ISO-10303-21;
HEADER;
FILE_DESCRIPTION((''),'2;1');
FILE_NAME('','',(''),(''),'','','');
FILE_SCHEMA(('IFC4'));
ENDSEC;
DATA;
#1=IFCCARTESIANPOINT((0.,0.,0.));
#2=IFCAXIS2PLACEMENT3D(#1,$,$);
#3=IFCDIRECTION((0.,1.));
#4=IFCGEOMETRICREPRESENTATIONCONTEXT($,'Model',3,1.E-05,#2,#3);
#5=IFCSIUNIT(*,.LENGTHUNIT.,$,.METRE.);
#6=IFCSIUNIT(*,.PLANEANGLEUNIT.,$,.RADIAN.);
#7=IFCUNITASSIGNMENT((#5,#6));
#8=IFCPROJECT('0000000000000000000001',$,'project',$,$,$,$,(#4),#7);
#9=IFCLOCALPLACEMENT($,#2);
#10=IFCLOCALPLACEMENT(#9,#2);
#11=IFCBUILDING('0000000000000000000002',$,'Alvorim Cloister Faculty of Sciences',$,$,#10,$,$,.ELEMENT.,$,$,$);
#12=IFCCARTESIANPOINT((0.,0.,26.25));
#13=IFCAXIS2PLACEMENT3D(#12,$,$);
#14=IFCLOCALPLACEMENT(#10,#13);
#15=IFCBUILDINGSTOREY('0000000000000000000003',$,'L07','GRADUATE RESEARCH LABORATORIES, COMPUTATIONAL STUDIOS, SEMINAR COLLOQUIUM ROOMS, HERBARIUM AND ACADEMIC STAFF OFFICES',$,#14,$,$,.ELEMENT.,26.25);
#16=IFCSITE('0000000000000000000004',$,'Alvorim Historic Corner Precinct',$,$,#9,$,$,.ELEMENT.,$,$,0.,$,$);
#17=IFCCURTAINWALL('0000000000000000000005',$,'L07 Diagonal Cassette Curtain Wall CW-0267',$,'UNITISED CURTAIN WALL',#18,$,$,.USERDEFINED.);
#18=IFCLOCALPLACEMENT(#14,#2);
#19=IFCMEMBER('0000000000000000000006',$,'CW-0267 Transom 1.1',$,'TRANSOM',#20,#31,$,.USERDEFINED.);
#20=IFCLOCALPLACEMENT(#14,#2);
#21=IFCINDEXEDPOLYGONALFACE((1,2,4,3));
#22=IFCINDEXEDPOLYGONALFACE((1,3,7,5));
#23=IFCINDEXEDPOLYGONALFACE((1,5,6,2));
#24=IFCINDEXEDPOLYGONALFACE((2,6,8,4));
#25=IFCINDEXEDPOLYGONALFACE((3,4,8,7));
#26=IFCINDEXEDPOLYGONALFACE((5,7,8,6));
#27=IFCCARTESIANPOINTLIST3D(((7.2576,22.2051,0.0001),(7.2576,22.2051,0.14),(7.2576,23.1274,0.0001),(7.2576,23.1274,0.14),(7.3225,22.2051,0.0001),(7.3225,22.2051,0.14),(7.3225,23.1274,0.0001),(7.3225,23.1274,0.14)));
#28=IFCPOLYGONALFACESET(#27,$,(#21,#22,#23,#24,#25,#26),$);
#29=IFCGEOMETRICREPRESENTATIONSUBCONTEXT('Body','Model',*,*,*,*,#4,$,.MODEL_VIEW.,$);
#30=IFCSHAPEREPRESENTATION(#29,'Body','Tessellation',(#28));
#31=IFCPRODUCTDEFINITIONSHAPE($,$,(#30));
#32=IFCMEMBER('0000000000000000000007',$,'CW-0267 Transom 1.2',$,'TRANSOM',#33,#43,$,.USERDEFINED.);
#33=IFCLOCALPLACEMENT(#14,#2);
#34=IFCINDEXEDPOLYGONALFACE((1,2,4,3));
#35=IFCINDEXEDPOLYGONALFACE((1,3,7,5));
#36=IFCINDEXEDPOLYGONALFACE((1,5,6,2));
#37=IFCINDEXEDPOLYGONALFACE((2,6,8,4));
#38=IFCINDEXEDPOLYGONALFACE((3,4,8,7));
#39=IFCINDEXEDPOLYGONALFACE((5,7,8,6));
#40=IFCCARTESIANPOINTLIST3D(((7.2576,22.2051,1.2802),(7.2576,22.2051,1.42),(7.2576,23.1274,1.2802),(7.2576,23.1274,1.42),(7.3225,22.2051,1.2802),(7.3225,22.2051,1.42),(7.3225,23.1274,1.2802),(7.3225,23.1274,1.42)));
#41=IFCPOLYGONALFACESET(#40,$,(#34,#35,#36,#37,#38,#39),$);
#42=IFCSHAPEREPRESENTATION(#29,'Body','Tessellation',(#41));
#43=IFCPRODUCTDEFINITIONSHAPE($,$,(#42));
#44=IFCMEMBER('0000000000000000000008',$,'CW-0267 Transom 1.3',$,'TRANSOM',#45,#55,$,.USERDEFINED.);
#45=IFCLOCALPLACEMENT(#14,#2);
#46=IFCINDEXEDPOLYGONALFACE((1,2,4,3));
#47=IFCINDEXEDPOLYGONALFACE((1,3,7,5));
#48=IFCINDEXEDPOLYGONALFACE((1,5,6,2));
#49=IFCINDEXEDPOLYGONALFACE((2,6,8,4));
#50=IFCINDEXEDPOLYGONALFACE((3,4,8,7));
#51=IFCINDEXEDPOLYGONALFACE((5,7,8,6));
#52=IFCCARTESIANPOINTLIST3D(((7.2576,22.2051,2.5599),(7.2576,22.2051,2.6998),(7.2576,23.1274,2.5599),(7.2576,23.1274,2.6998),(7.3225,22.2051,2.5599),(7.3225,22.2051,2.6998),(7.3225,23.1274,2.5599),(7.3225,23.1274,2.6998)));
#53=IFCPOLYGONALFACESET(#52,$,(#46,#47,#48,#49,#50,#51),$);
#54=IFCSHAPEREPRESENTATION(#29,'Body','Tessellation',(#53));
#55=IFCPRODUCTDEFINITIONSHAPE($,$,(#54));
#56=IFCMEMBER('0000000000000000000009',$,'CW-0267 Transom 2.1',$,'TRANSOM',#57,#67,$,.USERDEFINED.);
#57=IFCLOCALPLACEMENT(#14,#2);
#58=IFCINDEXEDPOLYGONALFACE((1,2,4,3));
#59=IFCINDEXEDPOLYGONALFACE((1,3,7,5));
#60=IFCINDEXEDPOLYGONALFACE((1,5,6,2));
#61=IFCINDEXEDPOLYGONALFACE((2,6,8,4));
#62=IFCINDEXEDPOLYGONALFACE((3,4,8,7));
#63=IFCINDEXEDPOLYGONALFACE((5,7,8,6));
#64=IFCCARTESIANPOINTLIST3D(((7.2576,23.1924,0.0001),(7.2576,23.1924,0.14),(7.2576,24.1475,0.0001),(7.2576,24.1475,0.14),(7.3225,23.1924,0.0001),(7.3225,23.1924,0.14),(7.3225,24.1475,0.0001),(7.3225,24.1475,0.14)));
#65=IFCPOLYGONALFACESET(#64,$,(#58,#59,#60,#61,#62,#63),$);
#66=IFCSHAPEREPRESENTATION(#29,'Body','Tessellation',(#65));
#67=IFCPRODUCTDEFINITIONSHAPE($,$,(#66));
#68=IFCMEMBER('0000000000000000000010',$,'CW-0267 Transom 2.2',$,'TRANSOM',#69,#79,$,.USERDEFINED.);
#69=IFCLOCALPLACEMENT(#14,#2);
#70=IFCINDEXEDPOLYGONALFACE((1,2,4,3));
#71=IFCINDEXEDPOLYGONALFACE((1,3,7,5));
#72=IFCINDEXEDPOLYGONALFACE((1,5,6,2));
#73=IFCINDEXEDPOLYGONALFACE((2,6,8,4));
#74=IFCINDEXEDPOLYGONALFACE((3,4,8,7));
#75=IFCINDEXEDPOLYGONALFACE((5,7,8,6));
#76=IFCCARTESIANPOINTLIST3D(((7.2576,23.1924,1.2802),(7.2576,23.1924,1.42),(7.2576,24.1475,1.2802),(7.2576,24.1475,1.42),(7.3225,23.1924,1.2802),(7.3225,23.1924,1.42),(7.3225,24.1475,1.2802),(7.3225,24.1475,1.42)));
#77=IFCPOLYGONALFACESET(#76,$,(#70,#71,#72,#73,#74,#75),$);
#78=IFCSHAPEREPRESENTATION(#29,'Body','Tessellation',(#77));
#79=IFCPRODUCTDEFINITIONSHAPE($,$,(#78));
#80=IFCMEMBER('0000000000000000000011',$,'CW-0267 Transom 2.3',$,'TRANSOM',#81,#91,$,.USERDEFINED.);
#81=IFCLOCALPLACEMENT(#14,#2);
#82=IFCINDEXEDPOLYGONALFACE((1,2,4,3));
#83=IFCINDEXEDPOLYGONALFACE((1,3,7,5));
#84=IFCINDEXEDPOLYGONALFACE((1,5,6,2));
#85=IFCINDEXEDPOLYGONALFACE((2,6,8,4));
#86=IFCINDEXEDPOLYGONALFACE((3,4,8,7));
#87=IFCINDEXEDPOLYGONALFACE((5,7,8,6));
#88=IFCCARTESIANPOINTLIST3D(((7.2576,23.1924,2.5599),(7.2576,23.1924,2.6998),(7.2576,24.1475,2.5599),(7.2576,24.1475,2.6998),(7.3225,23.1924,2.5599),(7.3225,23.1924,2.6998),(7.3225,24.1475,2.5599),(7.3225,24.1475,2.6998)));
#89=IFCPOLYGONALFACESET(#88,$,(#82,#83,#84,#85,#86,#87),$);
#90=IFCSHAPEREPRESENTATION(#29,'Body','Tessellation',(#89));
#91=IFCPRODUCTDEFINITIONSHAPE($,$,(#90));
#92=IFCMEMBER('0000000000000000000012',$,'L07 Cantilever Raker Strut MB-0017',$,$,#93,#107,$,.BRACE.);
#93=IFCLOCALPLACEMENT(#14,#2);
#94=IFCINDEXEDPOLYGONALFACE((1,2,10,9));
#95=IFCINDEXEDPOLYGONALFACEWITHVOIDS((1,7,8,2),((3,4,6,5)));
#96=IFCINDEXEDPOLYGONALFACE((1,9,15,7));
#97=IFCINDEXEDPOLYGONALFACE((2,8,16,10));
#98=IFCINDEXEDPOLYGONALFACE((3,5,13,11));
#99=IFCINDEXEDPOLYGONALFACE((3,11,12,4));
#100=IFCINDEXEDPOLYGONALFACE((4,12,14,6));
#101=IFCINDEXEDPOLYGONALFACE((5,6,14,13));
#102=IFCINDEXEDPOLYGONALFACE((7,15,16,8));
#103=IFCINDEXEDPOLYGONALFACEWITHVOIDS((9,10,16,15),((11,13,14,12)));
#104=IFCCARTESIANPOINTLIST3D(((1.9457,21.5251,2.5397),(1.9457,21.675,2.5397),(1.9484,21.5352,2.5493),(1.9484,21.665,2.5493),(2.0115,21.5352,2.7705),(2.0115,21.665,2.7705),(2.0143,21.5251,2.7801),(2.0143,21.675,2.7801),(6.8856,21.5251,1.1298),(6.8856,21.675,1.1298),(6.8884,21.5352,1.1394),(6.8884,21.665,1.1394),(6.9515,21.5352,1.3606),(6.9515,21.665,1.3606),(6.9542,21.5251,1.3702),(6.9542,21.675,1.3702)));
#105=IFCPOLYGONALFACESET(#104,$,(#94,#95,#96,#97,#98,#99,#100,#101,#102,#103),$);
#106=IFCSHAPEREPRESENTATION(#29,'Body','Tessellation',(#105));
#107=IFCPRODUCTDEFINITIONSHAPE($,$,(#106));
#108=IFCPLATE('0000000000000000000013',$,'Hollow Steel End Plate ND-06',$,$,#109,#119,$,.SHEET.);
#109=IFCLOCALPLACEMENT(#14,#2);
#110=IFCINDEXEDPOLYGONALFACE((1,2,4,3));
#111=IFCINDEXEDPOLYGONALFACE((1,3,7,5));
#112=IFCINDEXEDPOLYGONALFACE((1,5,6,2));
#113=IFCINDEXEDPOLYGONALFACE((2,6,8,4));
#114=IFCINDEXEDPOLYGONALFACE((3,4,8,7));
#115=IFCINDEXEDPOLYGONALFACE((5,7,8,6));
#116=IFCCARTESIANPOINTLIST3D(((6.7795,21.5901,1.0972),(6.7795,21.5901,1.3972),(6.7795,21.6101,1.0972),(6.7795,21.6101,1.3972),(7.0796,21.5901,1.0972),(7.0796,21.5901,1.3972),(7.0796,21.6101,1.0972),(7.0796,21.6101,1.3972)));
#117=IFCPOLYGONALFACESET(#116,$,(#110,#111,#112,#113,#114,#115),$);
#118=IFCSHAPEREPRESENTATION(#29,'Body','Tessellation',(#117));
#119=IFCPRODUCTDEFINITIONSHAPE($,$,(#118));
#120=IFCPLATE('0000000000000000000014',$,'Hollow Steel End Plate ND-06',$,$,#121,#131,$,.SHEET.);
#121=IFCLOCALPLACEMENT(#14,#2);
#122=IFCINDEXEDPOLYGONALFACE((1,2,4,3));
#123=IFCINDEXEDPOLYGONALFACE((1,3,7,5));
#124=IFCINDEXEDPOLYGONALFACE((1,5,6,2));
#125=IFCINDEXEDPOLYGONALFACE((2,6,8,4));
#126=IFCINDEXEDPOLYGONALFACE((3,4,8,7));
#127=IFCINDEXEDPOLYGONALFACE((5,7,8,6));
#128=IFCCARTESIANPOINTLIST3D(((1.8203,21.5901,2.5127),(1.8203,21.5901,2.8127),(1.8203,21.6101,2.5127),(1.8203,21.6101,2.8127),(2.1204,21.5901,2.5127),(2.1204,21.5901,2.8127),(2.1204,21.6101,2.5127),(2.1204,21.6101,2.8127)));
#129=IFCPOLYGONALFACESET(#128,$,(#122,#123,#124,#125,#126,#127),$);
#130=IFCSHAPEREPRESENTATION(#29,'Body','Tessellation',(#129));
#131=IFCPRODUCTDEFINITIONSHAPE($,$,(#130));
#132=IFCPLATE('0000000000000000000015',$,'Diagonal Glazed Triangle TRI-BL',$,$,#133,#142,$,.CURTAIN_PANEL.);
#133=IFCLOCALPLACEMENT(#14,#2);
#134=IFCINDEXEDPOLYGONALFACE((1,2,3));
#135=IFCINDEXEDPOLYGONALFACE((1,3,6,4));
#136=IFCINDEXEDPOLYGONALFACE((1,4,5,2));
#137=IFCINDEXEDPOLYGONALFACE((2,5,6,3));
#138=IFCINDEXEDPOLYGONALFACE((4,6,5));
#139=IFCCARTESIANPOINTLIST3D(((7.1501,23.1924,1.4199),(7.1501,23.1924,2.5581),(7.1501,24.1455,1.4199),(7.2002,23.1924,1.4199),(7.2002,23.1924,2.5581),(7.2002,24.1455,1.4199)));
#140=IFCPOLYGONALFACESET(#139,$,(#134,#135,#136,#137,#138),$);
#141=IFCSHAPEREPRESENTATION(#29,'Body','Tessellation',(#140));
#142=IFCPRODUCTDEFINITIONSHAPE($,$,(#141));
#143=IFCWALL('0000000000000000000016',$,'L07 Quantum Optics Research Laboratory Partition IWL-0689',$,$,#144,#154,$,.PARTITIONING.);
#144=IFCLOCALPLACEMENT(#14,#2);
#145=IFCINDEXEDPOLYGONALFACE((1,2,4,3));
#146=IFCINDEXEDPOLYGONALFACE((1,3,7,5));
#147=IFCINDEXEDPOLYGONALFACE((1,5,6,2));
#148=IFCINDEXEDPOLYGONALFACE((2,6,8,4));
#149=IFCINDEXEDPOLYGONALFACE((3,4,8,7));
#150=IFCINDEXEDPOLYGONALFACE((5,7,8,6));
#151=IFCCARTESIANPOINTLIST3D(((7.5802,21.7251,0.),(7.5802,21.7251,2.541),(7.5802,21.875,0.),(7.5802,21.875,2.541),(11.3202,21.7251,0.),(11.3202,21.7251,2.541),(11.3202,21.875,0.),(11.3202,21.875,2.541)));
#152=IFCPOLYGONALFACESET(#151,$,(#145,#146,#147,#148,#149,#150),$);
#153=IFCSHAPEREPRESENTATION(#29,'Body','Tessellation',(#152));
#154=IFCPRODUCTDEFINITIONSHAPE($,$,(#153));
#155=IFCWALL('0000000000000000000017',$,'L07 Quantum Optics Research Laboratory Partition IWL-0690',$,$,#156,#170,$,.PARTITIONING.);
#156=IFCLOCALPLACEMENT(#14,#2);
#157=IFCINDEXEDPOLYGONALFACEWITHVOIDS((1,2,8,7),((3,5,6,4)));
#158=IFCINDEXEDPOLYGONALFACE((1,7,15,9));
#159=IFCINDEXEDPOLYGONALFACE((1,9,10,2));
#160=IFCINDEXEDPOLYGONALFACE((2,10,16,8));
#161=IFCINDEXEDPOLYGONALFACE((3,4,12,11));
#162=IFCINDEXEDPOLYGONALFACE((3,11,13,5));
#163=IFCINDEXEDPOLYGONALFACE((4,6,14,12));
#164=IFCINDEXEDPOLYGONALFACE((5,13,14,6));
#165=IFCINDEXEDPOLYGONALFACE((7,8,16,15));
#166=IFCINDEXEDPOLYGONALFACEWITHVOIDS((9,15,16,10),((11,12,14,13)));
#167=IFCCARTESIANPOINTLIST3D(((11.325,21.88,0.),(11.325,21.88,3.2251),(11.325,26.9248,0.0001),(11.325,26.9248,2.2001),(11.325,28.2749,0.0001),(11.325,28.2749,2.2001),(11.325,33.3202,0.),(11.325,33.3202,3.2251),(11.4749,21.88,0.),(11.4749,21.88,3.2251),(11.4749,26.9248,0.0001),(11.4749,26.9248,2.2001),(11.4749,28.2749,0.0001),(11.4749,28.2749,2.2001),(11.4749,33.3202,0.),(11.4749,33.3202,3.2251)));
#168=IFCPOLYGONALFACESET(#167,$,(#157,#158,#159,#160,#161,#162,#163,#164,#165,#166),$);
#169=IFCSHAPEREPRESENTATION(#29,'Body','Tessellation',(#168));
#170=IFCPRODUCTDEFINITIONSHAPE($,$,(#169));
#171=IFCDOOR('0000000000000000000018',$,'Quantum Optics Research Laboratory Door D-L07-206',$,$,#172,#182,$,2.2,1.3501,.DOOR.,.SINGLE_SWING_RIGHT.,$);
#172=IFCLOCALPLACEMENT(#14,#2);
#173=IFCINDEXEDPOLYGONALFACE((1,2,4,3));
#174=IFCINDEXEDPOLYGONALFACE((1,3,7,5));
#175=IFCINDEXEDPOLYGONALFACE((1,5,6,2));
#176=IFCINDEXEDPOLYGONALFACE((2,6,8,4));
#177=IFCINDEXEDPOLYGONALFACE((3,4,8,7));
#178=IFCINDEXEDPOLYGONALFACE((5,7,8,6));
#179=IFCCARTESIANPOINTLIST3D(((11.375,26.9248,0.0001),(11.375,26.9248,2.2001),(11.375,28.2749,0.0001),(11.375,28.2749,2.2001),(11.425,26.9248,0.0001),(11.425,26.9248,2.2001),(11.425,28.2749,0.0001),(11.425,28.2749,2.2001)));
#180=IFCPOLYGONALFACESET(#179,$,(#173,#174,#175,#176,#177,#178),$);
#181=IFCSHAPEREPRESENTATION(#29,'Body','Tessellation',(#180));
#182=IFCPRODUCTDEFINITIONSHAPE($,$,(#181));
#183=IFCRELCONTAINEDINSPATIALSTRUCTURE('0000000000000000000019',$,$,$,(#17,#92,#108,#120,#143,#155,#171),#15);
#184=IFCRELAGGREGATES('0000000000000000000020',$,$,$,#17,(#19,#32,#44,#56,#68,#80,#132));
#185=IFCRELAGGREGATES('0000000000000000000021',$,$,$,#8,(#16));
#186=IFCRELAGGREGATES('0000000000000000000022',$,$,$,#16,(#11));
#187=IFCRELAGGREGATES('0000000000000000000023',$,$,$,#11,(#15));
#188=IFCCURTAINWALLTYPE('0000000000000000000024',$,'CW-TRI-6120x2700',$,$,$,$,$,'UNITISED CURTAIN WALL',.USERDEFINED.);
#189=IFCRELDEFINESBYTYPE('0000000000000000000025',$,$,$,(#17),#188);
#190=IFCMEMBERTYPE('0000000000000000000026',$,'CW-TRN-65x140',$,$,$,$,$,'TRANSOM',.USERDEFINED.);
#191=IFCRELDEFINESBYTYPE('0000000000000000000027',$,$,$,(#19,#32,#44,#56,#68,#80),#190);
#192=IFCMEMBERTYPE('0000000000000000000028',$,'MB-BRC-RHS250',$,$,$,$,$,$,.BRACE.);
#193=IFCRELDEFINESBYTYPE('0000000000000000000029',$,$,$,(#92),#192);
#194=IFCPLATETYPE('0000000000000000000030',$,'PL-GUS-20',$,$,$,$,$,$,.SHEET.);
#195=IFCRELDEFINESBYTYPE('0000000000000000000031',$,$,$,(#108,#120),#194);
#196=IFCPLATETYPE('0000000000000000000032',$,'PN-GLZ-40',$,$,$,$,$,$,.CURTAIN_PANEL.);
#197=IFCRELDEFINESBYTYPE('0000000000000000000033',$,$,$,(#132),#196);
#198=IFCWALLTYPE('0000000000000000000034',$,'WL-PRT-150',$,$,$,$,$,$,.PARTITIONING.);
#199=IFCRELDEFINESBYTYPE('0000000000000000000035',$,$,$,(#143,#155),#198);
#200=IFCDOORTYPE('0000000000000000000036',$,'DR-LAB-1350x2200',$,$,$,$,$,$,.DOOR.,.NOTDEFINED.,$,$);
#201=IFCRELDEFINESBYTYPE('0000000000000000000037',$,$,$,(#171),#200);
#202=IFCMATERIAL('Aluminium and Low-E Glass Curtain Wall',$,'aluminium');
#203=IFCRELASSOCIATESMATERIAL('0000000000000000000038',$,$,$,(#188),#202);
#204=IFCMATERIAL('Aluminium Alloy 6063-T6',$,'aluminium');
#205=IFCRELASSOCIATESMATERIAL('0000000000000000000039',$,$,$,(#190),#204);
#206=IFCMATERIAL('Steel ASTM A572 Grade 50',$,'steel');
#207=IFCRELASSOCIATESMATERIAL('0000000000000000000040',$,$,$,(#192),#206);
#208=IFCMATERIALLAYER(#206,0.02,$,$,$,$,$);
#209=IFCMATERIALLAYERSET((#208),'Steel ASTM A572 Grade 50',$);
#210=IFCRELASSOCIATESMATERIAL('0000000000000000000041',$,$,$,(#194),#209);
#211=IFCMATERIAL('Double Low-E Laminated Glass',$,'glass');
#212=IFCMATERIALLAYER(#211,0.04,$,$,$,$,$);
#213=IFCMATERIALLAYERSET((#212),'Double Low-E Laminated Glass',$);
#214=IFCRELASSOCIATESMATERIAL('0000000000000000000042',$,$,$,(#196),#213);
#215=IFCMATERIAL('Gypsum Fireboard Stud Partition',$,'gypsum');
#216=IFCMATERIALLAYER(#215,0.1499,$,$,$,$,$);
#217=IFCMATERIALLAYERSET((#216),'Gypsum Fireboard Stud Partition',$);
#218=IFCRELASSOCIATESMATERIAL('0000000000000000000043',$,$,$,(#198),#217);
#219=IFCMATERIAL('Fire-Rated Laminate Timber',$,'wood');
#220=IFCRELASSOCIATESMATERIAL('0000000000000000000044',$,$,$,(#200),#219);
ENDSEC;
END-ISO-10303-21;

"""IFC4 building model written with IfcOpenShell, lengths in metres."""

from ifc_helpers import new_model, si_unit, direction, frame, frame_2d, origin, origin_2d, place, context, subcontext, project, spatial, polyline, rectangle, hollow_rectangle, outline, extrude, material, layer, layer_set, material_profile, profile_set, type_object, element, fill, aggregate, save


model = new_model("IFC4")

# Units and contexts
model_context = context("Model", 3, precision=1e-05, world=origin(), true_north=direction((0.0, 1.0)))
body_context = subcontext(model_context, "Body", "Model", "MODEL_VIEW")
ifc_project = project(units=[si_unit("LENGTHUNIT", "METRE"), si_unit("PLANEANGLEUNIT", "RADIAN")], contexts=[model_context])

# Site, building, storey
site_placement = place(None, origin())
site = spatial("IfcSite", under=ifc_project, at=site_placement, Name="Alvorim Historic Corner Precinct", CompositionType="ELEMENT", RefElevation=0.0)
building_placement = place(site_placement, origin())
building = spatial("IfcBuilding", under=site, at=building_placement, Name="Alvorim Cloister Faculty of Sciences", CompositionType="ELEMENT")
storey_placement = place(building_placement, frame((0.0, 0.0, 26.25)))
storey = spatial("IfcBuildingStorey", under=building, at=storey_placement, Name="L07", Description="GRADUATE RESEARCH LABORATORIES, COMPUTATIONAL STUDIOS, SEMINAR COLLOQUIUM ROOMS, HERBARIUM AND ACADEMIC STAFF OFFICES", CompositionType="ELEMENT", Elevation=26.25)

# Shared definitions
ifc_material_1 = material(Name="Steel ASTM A572 Grade 50", Category="steel")

# Curtain wall, members
ifc_material_2 = material(Name="Aluminium and Low-E Glass Curtain Wall", Category="aluminium")
curtain_wall_type = type_object("IfcCurtainWallType", Name="CW-TRI-6120x2700", ElementType="UNITISED CURTAIN WALL", PredefinedType="USERDEFINED", material=ifc_material_2)
curtain_wall_placement = place(storey_placement, origin())
curtain_wall = element("IfcCurtainWall", 1, at=curtain_wall_placement, inside=storey, type_object=curtain_wall_type, Name="L07 Diagonal Cassette Curtain Wall CW-0267", ObjectType="UNITISED CURTAIN WALL", PredefinedType="USERDEFINED")
ifc_material_3 = material(Name="Aluminium Alloy 6063-T6", Category="aluminium")
ifc_material_profile_1 = material_profile(ifc_material_3, rectangle(XDim=0.0649, YDim=0.1399, at=origin_2d()), Name="ALU-TRN-65x140")
ifc_profile_set_1 = profile_set([ifc_material_profile_1], Name="Aluminium Alloy 6063-T6")
member_type_1 = type_object("IfcMemberType", Name="CW-TRN-65x140", ElementType="TRANSOM", PredefinedType="USERDEFINED", material=ifc_profile_set_1)
member_1_placement = place(storey_placement, frame((7.29, 22.2051, 0.0701), z_axis=(0.0, 1.0, 0.0), x_axis=(-1.0, 0.0, 0.0)))
member_1 = element("IfcMember", 2, at=member_1_placement, type_object=member_type_1, Name="CW-0267 Transom 1.1", ObjectType="TRANSOM", PredefinedType="USERDEFINED", context=body_context, shape_type="SweptSolid", body=[
    extrude(rectangle(XDim=0.0649, YDim=0.1399, at=origin_2d()), origin(), (0.0, 0.0, 1.0), 0.9224),
])
member_2_placement = place(storey_placement, frame((7.29, 22.2051, 1.3501), z_axis=(0.0, 1.0, 0.0), x_axis=(-1.0, 0.0, 0.0)))
member_2 = element("IfcMember", 3, at=member_2_placement, type_object=member_type_1, Name="CW-0267 Transom 1.2", ObjectType="TRANSOM", PredefinedType="USERDEFINED", context=body_context, shape_type="SweptSolid", body=[
    extrude(rectangle(XDim=0.0649, YDim=0.1399, at=origin_2d()), origin(), (0.0, 0.0, 1.0), 0.9224),
])
member_3_placement = place(storey_placement, frame((7.29, 22.2051, 2.6299), z_axis=(0.0, 1.0, 0.0), x_axis=(-1.0, 0.0, 0.0)))
member_3 = element("IfcMember", 4, at=member_3_placement, type_object=member_type_1, Name="CW-0267 Transom 1.3", ObjectType="TRANSOM", PredefinedType="USERDEFINED", context=body_context, shape_type="SweptSolid", body=[
    extrude(rectangle(XDim=0.0649, YDim=0.1399, at=origin_2d()), origin(), (0.0, 0.0, 1.0), 0.9224),
])
member_4_placement = place(storey_placement, frame((7.29, 23.1924, 0.0701), z_axis=(0.0, 1.0, 0.0), x_axis=(-1.0, 0.0, 0.0)))
member_4 = element("IfcMember", 5, at=member_4_placement, type_object=member_type_1, Name="CW-0267 Transom 2.1", ObjectType="TRANSOM", PredefinedType="USERDEFINED", context=body_context, shape_type="SweptSolid", body=[
    extrude(rectangle(XDim=0.0649, YDim=0.1399, at=origin_2d()), origin(), (0.0, 0.0, 1.0), 0.9551),
])
member_5_placement = place(storey_placement, frame((7.29, 23.1924, 1.3501), z_axis=(0.0, 1.0, 0.0), x_axis=(-1.0, 0.0, 0.0)))
member_5 = element("IfcMember", 6, at=member_5_placement, type_object=member_type_1, Name="CW-0267 Transom 2.2", ObjectType="TRANSOM", PredefinedType="USERDEFINED", context=body_context, shape_type="SweptSolid", body=[
    extrude(rectangle(XDim=0.0649, YDim=0.1399, at=origin_2d()), origin(), (0.0, 0.0, 1.0), 0.9551),
])
member_6_placement = place(storey_placement, frame((7.29, 23.1924, 2.6299), z_axis=(0.0, 1.0, 0.0), x_axis=(-1.0, 0.0, 0.0)))
member_6 = element("IfcMember", 7, at=member_6_placement, type_object=member_type_1, Name="CW-0267 Transom 2.3", ObjectType="TRANSOM", PredefinedType="USERDEFINED", context=body_context, shape_type="SweptSolid", body=[
    extrude(rectangle(XDim=0.0649, YDim=0.1399, at=origin_2d()), origin(), (0.0, 0.0, 1.0), 0.9551),
])

# Member
ifc_material_profile_2 = material_profile(ifc_material_1, hollow_rectangle(XDim=0.1499, YDim=0.25, WallThickness=0.01, at=origin_2d()), Name="RHS250x150x10")
ifc_profile_set_2 = profile_set([ifc_material_profile_2], Name="Steel ASTM A572 Grade 50")
member_type_2 = type_object("IfcMemberType", Name="MB-BRC-RHS250", PredefinedType="BRACE", material=ifc_profile_set_2)
member_7_placement = place(storey_placement, frame((6.9199, 21.6001, 1.25), z_axis=(-0.961601, 0.0, 0.274451), x_axis=(0.0, -1.0, 0.0)))
element("IfcMember", 8, at=member_7_placement, inside=storey, type_object=member_type_2, Name="L07 Cantilever Raker Strut MB-0017", PredefinedType="BRACE", context=body_context, shape_type="SweptSolid", body=[
    extrude(hollow_rectangle(XDim=0.1499, YDim=0.25, WallThickness=0.01, at=origin_2d()), origin(), (0.0, 0.0, 1.0), 5.1372),
])

# Plates
ifc_layer_1 = layer(ifc_material_1, 0.02)
ifc_layer_set_1 = layer_set([ifc_layer_1], Name="Steel ASTM A572 Grade 50")
plate_type_1 = type_object("IfcPlateType", Name="PL-GUS-20", PredefinedType="SHEET", material=ifc_layer_set_1)
for number, where, z_axis, x_axis, name in (
    (9, (7.0796, 21.6001, 1.0972), (0.0, 0.0, 1.0), (-1.0, 0.0, 0.0), "Hollow Steel End Plate ND-06"),
    (10, (2.1204, 21.6001, 2.5127), (0.0, 0.0, 1.0), (-1.0, 0.0, 0.0), "Hollow Steel End Plate ND-06"),
):
    element("IfcPlate", number, at=place(storey_placement, frame(where, z_axis=z_axis, x_axis=x_axis)), inside=storey, type_object=plate_type_1, Name=name, PredefinedType="SHEET", context=body_context, shape_type="SweptSolid", body=[
        extrude(outline(polyline([(0.0, 0.0), (0.3, 0.0), (0.3, 0.3), (0.0, 0.3), (0.0, 0.0)])), frame((0.0, 0.01, 0.0), z_axis=(0.0, -1.0, 0.0), x_axis=(1.0, 0.0, 0.0)), (0.0, 0.0, 1.0), 0.02),
    ])

# Plate
ifc_material_4 = material(Name="Double Low-E Laminated Glass", Category="glass")
ifc_layer_2 = layer(ifc_material_4, 0.04)
ifc_layer_set_2 = layer_set([ifc_layer_2], Name="Double Low-E Laminated Glass")
plate_type_2 = type_object("IfcPlateType", Name="PN-GLZ-40", PredefinedType="CURTAIN_PANEL", material=ifc_layer_set_2)
plate_1_placement = place(storey_placement, frame((7.175, 23.1924, 1.4199), z_axis=(0.0, 0.0, 1.0), x_axis=(0.0, 1.0, 0.0)))
plate_1 = element("IfcPlate", 11, at=plate_1_placement, type_object=plate_type_2, Name="Diagonal Glazed Triangle TRI-BL", PredefinedType="CURTAIN_PANEL", context=body_context, shape_type="SweptSolid", body=[
    extrude(outline(polyline([(0.0, 0.0), (0.9531, 0.0), (0.0, 1.1382), (0.0, 0.0)])), frame((0.0, 0.0249, 0.0), z_axis=(0.0, -1.0, 0.0), x_axis=(1.0, 0.0, 0.0)), (0.0, 0.0, 1.0), 0.05),
])
aggregate(curtain_wall, [member_1, member_2, member_3, member_4, member_5, member_6, plate_1])

# Wall
ifc_material_5 = material(Name="Gypsum Fireboard Stud Partition", Category="gypsum")
ifc_layer_3 = layer(ifc_material_5, 0.1499)
ifc_layer_set_3 = layer_set([ifc_layer_3], Name="Gypsum Fireboard Stud Partition")
wall_type = type_object("IfcWallType", Name="WL-PRT-150", PredefinedType="PARTITIONING", material=ifc_layer_set_3)
wall_1_placement = place(storey_placement, frame((7.5801, 21.8, 0.0), z_axis=(0.0, 0.0, 1.0), x_axis=(1.0, 0.0, 0.0)))
element("IfcWall", 12, at=wall_1_placement, inside=storey, type_object=wall_type, Name="L07 Quantum Optics Research Laboratory Partition IWL-0689", PredefinedType="PARTITIONING", context=body_context, shape_type="SweptSolid", body=[
    extrude(rectangle(XDim=3.74, YDim=0.1499, at=frame_2d((1.8701, 0.0))), origin(), (0.0, 0.0, 1.0), 2.541),
])

# Wall, opening, door
wall_2_placement = place(storey_placement, frame((11.3999, 21.8799, 0.0), z_axis=(0.0, 0.0, 1.0), x_axis=(0.0, 1.0, 0.0)))
wall_2 = element("IfcWall", 13, at=wall_2_placement, inside=storey, type_object=wall_type, Name="L07 Quantum Optics Research Laboratory Partition IWL-0690", PredefinedType="PARTITIONING", context=body_context, shape_type="SweptSolid", body=[
    extrude(rectangle(XDim=11.4402, YDim=0.1499, at=frame_2d((5.7202, 0.0))), origin(), (0.0, 0.0, 1.0), 3.2251),
])
opening_placement = place(wall_2_placement, frame((5.0449, 0.0, 0.0)))
opening = element("IfcOpeningElement", 14, at=opening_placement, cuts=wall_2, PredefinedType="OPENING", context=body_context, shape_type="SweptSolid", body=[
    extrude(rectangle(XDim=1.3501, YDim=2.2, at=frame_2d((0.675, 1.1001))), frame((0.0, 0.0869, 0.0), z_axis=(0.0, -1.0, 0.0), x_axis=(1.0, 0.0, 0.0)), (0.0, 0.0, 1.0), 0.1738),
])
ifc_material_6 = material(Name="Fire-Rated Laminate Timber", Category="wood")
door_type = type_object("IfcDoorType", Name="DR-LAB-1350x2200", OperationType="NOTDEFINED", PredefinedType="DOOR", material=ifc_material_6)
door_placement = place(opening_placement, origin())
door = element("IfcDoor", 15, at=door_placement, inside=storey, type_object=door_type, Name="Quantum Optics Research Laboratory Door D-L07-206", OperationType="SINGLE_SWING_RIGHT", OverallHeight=2.2, OverallWidth=1.3501, PredefinedType="DOOR", context=body_context, shape_type="SweptSolid", body=[
    extrude(rectangle(XDim=1.3501, YDim=2.2, at=frame_2d((0.675, 1.1001))), frame((0.0, 0.0249, 0.0), z_axis=(0.0, -1.0, 0.0), x_axis=(1.0, 0.0, 0.0)), (0.0, 0.0, 1.0), 0.05),
])
fill(opening, door)

save(model, "model.ifc")
